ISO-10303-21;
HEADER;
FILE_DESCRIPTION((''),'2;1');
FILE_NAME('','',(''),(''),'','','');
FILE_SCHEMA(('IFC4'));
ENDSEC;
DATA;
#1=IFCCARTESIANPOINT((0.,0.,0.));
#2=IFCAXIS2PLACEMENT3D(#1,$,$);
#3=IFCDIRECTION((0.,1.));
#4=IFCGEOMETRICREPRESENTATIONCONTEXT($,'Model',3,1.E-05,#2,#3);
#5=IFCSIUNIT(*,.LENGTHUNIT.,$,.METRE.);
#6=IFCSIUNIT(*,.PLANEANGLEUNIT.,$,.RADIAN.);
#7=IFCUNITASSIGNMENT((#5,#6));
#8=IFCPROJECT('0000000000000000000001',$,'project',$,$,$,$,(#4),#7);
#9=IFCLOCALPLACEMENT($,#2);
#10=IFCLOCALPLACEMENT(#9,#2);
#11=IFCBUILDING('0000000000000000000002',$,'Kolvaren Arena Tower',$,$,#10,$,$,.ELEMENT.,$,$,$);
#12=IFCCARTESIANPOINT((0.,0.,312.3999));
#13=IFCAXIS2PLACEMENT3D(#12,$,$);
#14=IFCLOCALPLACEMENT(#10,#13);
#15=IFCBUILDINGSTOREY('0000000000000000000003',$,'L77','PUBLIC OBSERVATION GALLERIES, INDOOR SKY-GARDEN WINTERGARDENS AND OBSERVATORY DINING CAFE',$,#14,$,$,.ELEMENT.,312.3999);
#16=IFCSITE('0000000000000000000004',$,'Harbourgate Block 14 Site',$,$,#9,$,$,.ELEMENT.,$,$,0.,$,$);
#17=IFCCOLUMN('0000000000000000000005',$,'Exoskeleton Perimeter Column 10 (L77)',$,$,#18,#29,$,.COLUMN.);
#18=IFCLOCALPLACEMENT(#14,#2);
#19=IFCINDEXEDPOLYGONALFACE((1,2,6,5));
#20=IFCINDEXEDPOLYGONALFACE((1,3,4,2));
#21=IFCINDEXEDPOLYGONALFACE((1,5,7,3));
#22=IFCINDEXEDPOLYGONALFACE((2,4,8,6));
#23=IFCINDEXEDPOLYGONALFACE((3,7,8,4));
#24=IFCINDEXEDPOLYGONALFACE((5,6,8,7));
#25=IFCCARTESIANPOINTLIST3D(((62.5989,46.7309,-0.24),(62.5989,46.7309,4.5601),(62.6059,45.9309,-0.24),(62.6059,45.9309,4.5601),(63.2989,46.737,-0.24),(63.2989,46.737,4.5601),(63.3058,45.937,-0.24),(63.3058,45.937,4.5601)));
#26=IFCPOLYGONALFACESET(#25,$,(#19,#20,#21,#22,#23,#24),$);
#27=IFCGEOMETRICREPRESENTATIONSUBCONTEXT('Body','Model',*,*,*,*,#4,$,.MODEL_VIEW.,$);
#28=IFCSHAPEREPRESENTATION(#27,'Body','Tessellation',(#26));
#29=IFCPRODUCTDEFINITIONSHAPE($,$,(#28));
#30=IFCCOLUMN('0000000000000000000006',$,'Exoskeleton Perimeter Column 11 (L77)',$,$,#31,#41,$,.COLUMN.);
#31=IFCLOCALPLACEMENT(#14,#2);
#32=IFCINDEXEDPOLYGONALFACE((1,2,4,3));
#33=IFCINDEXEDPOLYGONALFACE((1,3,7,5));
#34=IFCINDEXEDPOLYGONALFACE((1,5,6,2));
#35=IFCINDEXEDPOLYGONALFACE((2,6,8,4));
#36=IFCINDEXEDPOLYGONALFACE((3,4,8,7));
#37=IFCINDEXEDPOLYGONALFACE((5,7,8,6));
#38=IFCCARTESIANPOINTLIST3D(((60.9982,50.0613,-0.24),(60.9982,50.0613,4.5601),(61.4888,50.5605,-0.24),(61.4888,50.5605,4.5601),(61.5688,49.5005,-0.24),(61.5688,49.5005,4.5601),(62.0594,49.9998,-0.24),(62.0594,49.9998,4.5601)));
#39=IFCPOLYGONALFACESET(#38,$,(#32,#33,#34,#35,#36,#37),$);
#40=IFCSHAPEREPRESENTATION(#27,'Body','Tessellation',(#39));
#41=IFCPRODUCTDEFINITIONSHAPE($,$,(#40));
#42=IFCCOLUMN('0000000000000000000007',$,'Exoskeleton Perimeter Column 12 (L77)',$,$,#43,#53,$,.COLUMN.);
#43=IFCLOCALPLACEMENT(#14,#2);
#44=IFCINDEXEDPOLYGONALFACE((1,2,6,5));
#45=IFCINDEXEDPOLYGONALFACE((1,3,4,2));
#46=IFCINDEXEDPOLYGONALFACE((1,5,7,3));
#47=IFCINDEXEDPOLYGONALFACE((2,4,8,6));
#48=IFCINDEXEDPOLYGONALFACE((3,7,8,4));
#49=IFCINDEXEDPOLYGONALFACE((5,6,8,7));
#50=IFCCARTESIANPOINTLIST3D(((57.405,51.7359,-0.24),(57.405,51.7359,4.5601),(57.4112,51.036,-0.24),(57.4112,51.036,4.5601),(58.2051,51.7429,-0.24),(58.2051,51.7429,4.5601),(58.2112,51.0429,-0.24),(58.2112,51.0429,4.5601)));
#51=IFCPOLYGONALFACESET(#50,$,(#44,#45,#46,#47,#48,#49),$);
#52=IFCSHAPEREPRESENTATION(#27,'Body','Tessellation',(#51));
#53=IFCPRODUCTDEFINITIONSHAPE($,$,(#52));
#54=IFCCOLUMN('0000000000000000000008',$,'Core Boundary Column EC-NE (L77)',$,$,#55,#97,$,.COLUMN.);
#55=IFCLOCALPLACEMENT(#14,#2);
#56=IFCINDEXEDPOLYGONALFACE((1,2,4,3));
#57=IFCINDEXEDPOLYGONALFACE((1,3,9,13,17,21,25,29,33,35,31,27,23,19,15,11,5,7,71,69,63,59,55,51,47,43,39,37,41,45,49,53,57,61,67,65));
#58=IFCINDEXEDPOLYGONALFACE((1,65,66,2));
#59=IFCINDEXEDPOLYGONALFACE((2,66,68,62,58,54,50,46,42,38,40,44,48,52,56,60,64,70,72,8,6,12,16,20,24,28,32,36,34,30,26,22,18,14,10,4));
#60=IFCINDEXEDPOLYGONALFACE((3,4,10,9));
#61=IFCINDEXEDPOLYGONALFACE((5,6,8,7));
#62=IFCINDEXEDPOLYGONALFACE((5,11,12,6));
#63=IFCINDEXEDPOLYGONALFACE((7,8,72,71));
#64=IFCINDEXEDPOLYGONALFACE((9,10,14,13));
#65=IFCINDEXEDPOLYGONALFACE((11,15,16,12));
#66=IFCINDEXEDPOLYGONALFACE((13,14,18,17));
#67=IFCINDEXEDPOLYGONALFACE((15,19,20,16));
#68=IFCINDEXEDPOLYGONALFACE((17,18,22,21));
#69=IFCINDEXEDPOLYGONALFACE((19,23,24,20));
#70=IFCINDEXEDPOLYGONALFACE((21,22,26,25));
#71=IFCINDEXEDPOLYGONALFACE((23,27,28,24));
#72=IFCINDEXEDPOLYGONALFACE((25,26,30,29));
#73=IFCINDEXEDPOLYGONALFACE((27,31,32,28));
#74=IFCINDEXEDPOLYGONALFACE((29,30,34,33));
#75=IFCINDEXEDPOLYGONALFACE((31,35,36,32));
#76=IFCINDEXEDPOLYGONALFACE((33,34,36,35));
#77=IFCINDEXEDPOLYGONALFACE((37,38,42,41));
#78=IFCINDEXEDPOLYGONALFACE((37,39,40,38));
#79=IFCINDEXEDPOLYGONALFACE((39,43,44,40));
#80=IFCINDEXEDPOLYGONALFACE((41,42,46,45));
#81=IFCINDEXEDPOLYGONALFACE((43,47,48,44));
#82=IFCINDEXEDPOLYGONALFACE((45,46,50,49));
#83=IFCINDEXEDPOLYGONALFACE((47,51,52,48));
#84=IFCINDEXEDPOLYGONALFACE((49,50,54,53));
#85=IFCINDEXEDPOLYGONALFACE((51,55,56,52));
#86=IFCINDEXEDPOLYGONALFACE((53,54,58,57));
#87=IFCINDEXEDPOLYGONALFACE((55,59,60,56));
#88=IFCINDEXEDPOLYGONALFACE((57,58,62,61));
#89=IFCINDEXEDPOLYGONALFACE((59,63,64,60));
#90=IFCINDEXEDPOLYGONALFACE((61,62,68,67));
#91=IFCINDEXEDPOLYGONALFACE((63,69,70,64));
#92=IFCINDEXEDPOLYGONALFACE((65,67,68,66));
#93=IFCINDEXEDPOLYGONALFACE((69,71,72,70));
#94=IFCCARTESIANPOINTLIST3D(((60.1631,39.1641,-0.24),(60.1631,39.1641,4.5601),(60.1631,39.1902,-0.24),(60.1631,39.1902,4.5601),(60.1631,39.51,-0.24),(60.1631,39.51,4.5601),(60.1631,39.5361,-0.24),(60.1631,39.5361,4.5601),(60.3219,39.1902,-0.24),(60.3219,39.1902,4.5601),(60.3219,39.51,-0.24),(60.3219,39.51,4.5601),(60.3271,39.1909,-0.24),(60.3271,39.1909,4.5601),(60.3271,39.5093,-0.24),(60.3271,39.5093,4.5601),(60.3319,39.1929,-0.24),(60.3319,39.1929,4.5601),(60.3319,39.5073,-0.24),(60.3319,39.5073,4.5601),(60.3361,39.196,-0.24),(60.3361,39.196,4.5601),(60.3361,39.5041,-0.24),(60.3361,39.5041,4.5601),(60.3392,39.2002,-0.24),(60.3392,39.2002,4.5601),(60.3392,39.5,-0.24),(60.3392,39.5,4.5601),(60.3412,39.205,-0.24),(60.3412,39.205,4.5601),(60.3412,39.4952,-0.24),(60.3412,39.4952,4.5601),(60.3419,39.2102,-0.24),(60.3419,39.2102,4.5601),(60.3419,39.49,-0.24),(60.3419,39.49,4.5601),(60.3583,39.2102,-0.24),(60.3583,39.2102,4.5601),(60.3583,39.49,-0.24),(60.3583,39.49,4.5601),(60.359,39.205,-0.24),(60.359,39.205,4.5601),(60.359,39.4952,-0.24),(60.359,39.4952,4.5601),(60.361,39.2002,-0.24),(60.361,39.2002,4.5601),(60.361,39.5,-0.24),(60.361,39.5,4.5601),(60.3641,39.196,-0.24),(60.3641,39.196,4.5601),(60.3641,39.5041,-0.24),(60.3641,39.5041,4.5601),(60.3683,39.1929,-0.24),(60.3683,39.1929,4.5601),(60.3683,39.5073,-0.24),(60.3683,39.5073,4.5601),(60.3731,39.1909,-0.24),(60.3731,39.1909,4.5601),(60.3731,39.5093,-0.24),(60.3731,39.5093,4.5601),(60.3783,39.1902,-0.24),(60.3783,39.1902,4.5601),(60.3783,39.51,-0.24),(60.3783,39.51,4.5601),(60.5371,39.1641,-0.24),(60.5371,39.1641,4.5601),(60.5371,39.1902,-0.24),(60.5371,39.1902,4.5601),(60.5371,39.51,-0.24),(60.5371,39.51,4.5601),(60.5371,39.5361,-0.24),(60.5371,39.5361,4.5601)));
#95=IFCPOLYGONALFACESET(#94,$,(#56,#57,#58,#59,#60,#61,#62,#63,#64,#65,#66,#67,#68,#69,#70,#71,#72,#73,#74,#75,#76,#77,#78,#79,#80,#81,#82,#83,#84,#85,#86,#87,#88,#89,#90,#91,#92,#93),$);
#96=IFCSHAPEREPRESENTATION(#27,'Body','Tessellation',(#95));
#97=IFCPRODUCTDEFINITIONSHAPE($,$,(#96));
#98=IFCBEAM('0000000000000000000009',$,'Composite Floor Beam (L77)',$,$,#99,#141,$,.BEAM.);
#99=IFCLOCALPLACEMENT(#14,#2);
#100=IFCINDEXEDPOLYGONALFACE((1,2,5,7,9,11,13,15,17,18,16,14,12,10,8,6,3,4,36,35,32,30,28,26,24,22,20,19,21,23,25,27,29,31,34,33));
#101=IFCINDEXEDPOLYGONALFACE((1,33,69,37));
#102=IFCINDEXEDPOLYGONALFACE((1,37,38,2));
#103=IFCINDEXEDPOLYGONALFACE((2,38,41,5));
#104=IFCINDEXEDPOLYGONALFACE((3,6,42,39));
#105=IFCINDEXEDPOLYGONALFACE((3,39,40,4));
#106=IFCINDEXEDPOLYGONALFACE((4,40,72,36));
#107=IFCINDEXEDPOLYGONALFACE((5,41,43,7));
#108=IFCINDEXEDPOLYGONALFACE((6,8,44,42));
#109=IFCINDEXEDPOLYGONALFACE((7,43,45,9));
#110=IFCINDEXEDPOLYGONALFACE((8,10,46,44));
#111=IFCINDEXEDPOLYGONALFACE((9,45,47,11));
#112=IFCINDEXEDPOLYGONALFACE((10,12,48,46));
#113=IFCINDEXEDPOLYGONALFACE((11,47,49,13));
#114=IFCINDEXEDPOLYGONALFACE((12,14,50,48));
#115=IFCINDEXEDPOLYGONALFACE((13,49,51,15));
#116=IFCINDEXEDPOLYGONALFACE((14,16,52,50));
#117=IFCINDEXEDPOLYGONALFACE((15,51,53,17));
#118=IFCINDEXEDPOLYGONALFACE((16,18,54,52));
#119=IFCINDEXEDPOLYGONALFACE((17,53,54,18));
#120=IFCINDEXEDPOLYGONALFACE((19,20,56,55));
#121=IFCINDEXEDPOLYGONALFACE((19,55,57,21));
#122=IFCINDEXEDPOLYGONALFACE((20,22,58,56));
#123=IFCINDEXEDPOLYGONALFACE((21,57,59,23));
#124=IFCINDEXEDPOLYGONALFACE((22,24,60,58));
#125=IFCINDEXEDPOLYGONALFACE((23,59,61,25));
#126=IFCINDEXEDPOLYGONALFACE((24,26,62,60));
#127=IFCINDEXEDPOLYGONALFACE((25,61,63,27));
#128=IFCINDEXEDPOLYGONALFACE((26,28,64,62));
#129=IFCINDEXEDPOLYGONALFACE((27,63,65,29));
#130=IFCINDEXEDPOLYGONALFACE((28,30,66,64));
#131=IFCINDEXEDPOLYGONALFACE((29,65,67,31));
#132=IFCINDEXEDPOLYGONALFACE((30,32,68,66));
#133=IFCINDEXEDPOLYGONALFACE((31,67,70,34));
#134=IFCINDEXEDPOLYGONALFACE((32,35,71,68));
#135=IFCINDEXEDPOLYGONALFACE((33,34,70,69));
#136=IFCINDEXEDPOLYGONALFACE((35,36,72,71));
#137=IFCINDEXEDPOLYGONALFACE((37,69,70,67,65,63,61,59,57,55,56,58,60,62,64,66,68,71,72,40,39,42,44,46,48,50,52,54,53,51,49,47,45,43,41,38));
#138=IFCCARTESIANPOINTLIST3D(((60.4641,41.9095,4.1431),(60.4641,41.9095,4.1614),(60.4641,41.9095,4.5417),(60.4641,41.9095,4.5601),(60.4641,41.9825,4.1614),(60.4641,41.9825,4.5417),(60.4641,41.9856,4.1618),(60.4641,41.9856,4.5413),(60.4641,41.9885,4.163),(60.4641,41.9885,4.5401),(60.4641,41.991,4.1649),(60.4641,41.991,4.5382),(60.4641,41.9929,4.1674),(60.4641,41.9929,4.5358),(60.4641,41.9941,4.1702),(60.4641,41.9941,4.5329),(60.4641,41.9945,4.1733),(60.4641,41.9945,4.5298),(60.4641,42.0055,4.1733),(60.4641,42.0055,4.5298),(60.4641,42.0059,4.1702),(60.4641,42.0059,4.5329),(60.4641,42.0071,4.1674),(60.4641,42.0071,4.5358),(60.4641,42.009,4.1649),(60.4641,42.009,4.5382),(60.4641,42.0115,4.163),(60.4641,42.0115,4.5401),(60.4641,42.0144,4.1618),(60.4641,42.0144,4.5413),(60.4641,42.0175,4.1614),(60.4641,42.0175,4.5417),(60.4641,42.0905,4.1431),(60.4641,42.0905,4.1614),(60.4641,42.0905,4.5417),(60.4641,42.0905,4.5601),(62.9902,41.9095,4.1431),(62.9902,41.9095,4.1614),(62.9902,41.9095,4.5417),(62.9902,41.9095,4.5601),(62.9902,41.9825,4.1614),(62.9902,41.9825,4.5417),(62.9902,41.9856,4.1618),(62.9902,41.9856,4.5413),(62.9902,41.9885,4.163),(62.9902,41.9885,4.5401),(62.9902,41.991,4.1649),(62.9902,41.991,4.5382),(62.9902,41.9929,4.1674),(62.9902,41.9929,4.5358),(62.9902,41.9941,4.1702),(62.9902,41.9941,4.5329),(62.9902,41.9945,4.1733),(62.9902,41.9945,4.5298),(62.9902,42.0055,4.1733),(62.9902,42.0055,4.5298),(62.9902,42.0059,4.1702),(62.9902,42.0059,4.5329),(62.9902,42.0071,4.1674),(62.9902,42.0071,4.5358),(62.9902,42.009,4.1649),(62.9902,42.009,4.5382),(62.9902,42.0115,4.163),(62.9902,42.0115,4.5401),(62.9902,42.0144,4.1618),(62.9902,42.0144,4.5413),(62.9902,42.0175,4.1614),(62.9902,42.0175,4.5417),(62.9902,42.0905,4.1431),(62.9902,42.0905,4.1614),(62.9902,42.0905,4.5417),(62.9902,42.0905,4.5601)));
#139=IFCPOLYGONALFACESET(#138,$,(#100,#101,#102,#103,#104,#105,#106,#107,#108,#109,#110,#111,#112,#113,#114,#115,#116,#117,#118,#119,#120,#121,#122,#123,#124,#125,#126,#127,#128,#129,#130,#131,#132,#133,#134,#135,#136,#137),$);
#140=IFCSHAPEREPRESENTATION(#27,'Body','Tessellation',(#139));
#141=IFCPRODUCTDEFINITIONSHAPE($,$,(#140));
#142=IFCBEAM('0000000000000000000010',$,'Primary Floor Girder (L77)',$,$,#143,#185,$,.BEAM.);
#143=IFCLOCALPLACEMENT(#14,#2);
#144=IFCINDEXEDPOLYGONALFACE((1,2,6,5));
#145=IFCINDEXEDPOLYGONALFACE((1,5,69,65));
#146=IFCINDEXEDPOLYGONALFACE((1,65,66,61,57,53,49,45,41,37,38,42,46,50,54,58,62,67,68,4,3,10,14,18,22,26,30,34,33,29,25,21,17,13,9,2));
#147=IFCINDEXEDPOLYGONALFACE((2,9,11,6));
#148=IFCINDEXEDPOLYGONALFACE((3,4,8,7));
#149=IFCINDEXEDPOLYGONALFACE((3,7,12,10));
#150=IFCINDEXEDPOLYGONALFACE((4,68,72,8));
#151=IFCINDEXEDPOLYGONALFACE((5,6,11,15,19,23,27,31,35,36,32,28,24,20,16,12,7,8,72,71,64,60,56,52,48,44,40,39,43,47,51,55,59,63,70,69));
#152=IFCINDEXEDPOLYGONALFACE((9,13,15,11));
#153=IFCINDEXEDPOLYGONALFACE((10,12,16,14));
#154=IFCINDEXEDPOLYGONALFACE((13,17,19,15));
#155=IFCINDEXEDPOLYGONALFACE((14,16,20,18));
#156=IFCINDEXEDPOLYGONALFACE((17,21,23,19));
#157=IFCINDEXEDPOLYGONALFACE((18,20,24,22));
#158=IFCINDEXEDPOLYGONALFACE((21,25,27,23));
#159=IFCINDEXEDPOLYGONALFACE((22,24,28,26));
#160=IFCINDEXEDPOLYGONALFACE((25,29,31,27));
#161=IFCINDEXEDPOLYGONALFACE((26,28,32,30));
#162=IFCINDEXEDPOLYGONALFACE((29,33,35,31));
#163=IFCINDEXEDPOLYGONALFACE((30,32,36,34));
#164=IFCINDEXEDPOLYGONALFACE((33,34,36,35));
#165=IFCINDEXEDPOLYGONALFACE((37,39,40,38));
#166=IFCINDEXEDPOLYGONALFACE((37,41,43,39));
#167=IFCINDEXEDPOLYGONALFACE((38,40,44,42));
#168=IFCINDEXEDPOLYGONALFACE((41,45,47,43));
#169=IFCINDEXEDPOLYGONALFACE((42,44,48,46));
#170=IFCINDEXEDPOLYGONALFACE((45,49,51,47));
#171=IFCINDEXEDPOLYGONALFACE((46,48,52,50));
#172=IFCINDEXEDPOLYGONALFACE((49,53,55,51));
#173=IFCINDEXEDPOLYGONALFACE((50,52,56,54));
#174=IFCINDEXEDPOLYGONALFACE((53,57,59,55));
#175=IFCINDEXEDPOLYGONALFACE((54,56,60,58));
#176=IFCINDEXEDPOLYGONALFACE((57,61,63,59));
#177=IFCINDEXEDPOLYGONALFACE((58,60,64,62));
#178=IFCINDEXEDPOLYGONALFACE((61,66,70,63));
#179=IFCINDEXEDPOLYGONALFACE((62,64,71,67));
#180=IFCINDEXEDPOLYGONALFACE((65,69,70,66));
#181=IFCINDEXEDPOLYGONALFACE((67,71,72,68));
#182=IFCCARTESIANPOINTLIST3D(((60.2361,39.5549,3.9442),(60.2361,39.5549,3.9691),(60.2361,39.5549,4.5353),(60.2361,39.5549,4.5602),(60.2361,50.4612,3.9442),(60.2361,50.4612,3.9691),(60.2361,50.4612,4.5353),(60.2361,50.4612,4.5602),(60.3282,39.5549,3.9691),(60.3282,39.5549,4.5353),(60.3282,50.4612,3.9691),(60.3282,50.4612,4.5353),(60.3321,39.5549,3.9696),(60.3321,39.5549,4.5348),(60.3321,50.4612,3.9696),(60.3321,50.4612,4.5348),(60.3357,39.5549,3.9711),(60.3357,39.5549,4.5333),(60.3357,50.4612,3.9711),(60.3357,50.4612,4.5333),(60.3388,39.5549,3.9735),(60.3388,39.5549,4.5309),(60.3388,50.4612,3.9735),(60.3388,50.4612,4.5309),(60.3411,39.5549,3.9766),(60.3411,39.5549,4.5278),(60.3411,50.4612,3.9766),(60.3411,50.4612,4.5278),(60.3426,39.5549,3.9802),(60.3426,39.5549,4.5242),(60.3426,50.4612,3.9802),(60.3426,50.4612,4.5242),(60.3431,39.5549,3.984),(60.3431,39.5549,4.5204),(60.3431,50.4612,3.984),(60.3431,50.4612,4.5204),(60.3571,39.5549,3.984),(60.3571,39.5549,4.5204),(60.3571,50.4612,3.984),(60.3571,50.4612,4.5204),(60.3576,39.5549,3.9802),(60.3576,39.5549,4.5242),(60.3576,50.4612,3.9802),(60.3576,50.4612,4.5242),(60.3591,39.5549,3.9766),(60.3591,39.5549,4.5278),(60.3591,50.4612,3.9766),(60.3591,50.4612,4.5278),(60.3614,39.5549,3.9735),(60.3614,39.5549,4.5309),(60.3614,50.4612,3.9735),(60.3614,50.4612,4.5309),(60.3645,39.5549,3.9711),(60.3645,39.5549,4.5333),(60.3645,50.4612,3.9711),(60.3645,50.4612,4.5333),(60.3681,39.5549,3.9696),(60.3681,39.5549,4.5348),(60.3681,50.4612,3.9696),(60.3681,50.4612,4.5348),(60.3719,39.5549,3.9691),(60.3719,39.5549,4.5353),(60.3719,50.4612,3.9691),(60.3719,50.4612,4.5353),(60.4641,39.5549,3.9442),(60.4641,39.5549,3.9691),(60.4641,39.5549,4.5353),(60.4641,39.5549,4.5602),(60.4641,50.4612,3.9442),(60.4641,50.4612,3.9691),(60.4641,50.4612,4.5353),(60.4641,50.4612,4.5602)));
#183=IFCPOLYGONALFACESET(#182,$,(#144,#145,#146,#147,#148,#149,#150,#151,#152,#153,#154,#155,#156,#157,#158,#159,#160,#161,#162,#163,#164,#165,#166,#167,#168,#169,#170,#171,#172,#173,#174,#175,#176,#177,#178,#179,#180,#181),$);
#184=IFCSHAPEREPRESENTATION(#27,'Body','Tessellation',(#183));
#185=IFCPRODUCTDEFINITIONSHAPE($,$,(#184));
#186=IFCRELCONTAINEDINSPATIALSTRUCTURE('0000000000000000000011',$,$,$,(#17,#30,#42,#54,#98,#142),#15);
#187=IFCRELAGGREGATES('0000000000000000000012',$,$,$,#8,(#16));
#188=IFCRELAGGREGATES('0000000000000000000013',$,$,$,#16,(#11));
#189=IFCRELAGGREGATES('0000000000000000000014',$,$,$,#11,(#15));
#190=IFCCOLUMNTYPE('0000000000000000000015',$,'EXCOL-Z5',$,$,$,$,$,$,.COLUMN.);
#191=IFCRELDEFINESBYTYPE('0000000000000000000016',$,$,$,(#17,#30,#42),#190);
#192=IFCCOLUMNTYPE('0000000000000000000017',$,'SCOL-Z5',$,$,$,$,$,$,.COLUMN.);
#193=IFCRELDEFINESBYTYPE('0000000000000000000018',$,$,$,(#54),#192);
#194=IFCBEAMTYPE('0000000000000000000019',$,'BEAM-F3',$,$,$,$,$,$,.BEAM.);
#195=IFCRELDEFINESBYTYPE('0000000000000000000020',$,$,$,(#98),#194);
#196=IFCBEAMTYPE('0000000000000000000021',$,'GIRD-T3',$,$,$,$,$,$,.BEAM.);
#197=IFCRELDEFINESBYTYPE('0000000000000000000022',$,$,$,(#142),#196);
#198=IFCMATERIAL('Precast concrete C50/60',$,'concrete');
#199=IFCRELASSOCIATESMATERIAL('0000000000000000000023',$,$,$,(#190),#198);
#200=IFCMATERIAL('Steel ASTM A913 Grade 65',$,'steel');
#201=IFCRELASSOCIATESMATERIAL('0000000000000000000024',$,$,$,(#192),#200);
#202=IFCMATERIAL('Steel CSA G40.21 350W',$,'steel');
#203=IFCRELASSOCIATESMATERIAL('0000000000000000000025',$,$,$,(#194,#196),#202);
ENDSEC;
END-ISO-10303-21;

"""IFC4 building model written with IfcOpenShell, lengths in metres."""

from ifc_helpers import new_model, si_unit, direction, frame, origin, origin_2d, place, context, subcontext, project, spatial, rectangle, i_section, extrude, material, material_profile, profile_set, type_object, element, save


model = new_model("IFC4")

# Units and contexts
model_context = context("Model", 3, precision=1e-05, world=origin(), true_north=direction((0.0, 1.0)))
body_context = subcontext(model_context, "Body", "Model", "MODEL_VIEW")
ifc_project = project(units=[si_unit("LENGTHUNIT", "METRE"), si_unit("PLANEANGLEUNIT", "RADIAN")], contexts=[model_context])

# Site, building, storey
site_placement = place(None, origin())
site = spatial("IfcSite", under=ifc_project, at=site_placement, Name="Harbourgate Block 14 Site", CompositionType="ELEMENT", RefElevation=0.0)
building_placement = place(site_placement, origin())
building = spatial("IfcBuilding", under=site, at=building_placement, Name="Kolvaren Arena Tower", CompositionType="ELEMENT")
storey_placement = place(building_placement, frame((0.0, 0.0, 312.3999)))
storey = spatial("IfcBuildingStorey", under=building, at=storey_placement, Name="L77", Description="PUBLIC OBSERVATION GALLERIES, INDOOR SKY-GARDEN WINTERGARDENS AND OBSERVATORY DINING CAFE", CompositionType="ELEMENT", Elevation=312.3999)

# Columns
ifc_material_1 = material(Name="Precast concrete C50/60", Category="concrete")
ifc_material_profile_1 = material_profile(ifc_material_1, rectangle(XDim=0.8, YDim=0.7, at=origin_2d()), Name="RC-800x700")
ifc_profile_set_1 = profile_set([ifc_material_profile_1], Name="Precast concrete C50/60")
column_type_1 = type_object("IfcColumnType", Name="EXCOL-Z5", PredefinedType="COLUMN", material=ifc_profile_set_1)
for number, where, z_axis, x_axis, name in (
    (1, (62.9524, 46.334, -0.24), (0.0, 0.0, 1.0), (-0.008727, 0.999962, 0.0), "Exoskeleton Perimeter Column 10 (L77)"),
    (2, (61.5288, 50.0305, -0.24), (0.0, 0.0, 1.0), (-0.71325, 0.700909, 0.0), "Exoskeleton Perimeter Column 11 (L77)"),
    (3, (57.8081, 51.3894, -0.24), (0.0, 0.0, 1.0), (0.999962, 0.008727, 0.0), "Exoskeleton Perimeter Column 12 (L77)"),
):
    element("IfcColumn", number, at=place(storey_placement, frame(where, z_axis=z_axis, x_axis=x_axis)), inside=storey, type_object=column_type_1, Name=name, PredefinedType="COLUMN", context=body_context, shape_type="SweptSolid", body=[
        extrude(rectangle(XDim=0.8, YDim=0.7, at=origin_2d()), origin(), (0.0, 0.0, 1.0), 4.8),
    ])
ifc_material_2 = material(Name="Steel ASTM A913 Grade 65", Category="steel")
ifc_material_profile_2 = material_profile(ifc_material_2, i_section(OverallWidth=0.374, OverallDepth=0.3721, WebThickness=0.0164, FlangeThickness=0.0261, FilletRadius=0.02, at=origin_2d()), Name="W360x196")
ifc_profile_set_2 = profile_set([ifc_material_profile_2], Name="Steel ASTM A913 Grade 65")
column_type_2 = type_object("IfcColumnType", Name="SCOL-Z5", PredefinedType="COLUMN", material=ifc_profile_set_2)
column_placement = place(storey_placement, frame((60.3501, 39.3501, -0.24), z_axis=(0.0, 0.0, 1.0), x_axis=(1.0, 0.0, 0.0)))
element("IfcColumn", 4, at=column_placement, inside=storey, type_object=column_type_2, Name="Core Boundary Column EC-NE (L77)", PredefinedType="COLUMN", context=body_context, shape_type="SweptSolid", body=[
    extrude(i_section(OverallWidth=0.374, OverallDepth=0.3721, WebThickness=0.0164, FlangeThickness=0.0261, FilletRadius=0.02, at=origin_2d()), origin(), (0.0, 0.0, 1.0), 4.8),
])

# Beams
ifc_material_3 = material(Name="Steel CSA G40.21 350W", Category="steel")
ifc_material_profile_3 = material_profile(ifc_material_3, i_section(OverallWidth=0.1809, OverallDepth=0.417, WebThickness=0.011, FlangeThickness=0.0183, FilletRadius=0.012, at=origin_2d()), Name="W410x85")
ifc_profile_set_3 = profile_set([ifc_material_profile_3], Name="Steel CSA G40.21 350W")
beam_type_1 = type_object("IfcBeamType", Name="BEAM-F3", PredefinedType="BEAM", material=ifc_profile_set_3)
beam_1_placement = place(storey_placement, frame((60.4641, 42.0, 4.3516), z_axis=(1.0, 0.0, 0.0), x_axis=(0.0, 1.0, 0.0)))
element("IfcBeam", 5, at=beam_1_placement, inside=storey, type_object=beam_type_1, Name="Composite Floor Beam (L77)", PredefinedType="BEAM", context=body_context, shape_type="SweptSolid", body=[
    extrude(i_section(OverallWidth=0.1809, OverallDepth=0.417, WebThickness=0.011, FlangeThickness=0.0183, FilletRadius=0.012, at=origin_2d()), origin(), (0.0, 0.0, 1.0), 2.5261),
])
ifc_material_profile_4 = material_profile(ifc_material_3, i_section(OverallWidth=0.228, OverallDepth=0.616, WebThickness=0.0139, FlangeThickness=0.0249, FilletRadius=0.0149, at=origin_2d()), Name="W610x174")
ifc_profile_set_4 = profile_set([ifc_material_profile_4], Name="Steel CSA G40.21 350W")
beam_type_2 = type_object("IfcBeamType", Name="GIRD-T3", PredefinedType="BEAM", material=ifc_profile_set_4)
beam_2_placement = place(storey_placement, frame((60.3501, 39.5549, 4.2522), z_axis=(0.0, 1.0, 0.0), x_axis=(-1.0, 0.0, 0.0)))
element("IfcBeam", 6, at=beam_2_placement, inside=storey, type_object=beam_type_2, Name="Primary Floor Girder (L77)", PredefinedType="BEAM", context=body_context, shape_type="SweptSolid", body=[
    extrude(i_section(OverallWidth=0.228, OverallDepth=0.616, WebThickness=0.0139, FlangeThickness=0.0249, FilletRadius=0.0149, at=origin_2d()), origin(), (0.0, 0.0, 1.0), 10.9062),
])

save(model, "model.ifc")
